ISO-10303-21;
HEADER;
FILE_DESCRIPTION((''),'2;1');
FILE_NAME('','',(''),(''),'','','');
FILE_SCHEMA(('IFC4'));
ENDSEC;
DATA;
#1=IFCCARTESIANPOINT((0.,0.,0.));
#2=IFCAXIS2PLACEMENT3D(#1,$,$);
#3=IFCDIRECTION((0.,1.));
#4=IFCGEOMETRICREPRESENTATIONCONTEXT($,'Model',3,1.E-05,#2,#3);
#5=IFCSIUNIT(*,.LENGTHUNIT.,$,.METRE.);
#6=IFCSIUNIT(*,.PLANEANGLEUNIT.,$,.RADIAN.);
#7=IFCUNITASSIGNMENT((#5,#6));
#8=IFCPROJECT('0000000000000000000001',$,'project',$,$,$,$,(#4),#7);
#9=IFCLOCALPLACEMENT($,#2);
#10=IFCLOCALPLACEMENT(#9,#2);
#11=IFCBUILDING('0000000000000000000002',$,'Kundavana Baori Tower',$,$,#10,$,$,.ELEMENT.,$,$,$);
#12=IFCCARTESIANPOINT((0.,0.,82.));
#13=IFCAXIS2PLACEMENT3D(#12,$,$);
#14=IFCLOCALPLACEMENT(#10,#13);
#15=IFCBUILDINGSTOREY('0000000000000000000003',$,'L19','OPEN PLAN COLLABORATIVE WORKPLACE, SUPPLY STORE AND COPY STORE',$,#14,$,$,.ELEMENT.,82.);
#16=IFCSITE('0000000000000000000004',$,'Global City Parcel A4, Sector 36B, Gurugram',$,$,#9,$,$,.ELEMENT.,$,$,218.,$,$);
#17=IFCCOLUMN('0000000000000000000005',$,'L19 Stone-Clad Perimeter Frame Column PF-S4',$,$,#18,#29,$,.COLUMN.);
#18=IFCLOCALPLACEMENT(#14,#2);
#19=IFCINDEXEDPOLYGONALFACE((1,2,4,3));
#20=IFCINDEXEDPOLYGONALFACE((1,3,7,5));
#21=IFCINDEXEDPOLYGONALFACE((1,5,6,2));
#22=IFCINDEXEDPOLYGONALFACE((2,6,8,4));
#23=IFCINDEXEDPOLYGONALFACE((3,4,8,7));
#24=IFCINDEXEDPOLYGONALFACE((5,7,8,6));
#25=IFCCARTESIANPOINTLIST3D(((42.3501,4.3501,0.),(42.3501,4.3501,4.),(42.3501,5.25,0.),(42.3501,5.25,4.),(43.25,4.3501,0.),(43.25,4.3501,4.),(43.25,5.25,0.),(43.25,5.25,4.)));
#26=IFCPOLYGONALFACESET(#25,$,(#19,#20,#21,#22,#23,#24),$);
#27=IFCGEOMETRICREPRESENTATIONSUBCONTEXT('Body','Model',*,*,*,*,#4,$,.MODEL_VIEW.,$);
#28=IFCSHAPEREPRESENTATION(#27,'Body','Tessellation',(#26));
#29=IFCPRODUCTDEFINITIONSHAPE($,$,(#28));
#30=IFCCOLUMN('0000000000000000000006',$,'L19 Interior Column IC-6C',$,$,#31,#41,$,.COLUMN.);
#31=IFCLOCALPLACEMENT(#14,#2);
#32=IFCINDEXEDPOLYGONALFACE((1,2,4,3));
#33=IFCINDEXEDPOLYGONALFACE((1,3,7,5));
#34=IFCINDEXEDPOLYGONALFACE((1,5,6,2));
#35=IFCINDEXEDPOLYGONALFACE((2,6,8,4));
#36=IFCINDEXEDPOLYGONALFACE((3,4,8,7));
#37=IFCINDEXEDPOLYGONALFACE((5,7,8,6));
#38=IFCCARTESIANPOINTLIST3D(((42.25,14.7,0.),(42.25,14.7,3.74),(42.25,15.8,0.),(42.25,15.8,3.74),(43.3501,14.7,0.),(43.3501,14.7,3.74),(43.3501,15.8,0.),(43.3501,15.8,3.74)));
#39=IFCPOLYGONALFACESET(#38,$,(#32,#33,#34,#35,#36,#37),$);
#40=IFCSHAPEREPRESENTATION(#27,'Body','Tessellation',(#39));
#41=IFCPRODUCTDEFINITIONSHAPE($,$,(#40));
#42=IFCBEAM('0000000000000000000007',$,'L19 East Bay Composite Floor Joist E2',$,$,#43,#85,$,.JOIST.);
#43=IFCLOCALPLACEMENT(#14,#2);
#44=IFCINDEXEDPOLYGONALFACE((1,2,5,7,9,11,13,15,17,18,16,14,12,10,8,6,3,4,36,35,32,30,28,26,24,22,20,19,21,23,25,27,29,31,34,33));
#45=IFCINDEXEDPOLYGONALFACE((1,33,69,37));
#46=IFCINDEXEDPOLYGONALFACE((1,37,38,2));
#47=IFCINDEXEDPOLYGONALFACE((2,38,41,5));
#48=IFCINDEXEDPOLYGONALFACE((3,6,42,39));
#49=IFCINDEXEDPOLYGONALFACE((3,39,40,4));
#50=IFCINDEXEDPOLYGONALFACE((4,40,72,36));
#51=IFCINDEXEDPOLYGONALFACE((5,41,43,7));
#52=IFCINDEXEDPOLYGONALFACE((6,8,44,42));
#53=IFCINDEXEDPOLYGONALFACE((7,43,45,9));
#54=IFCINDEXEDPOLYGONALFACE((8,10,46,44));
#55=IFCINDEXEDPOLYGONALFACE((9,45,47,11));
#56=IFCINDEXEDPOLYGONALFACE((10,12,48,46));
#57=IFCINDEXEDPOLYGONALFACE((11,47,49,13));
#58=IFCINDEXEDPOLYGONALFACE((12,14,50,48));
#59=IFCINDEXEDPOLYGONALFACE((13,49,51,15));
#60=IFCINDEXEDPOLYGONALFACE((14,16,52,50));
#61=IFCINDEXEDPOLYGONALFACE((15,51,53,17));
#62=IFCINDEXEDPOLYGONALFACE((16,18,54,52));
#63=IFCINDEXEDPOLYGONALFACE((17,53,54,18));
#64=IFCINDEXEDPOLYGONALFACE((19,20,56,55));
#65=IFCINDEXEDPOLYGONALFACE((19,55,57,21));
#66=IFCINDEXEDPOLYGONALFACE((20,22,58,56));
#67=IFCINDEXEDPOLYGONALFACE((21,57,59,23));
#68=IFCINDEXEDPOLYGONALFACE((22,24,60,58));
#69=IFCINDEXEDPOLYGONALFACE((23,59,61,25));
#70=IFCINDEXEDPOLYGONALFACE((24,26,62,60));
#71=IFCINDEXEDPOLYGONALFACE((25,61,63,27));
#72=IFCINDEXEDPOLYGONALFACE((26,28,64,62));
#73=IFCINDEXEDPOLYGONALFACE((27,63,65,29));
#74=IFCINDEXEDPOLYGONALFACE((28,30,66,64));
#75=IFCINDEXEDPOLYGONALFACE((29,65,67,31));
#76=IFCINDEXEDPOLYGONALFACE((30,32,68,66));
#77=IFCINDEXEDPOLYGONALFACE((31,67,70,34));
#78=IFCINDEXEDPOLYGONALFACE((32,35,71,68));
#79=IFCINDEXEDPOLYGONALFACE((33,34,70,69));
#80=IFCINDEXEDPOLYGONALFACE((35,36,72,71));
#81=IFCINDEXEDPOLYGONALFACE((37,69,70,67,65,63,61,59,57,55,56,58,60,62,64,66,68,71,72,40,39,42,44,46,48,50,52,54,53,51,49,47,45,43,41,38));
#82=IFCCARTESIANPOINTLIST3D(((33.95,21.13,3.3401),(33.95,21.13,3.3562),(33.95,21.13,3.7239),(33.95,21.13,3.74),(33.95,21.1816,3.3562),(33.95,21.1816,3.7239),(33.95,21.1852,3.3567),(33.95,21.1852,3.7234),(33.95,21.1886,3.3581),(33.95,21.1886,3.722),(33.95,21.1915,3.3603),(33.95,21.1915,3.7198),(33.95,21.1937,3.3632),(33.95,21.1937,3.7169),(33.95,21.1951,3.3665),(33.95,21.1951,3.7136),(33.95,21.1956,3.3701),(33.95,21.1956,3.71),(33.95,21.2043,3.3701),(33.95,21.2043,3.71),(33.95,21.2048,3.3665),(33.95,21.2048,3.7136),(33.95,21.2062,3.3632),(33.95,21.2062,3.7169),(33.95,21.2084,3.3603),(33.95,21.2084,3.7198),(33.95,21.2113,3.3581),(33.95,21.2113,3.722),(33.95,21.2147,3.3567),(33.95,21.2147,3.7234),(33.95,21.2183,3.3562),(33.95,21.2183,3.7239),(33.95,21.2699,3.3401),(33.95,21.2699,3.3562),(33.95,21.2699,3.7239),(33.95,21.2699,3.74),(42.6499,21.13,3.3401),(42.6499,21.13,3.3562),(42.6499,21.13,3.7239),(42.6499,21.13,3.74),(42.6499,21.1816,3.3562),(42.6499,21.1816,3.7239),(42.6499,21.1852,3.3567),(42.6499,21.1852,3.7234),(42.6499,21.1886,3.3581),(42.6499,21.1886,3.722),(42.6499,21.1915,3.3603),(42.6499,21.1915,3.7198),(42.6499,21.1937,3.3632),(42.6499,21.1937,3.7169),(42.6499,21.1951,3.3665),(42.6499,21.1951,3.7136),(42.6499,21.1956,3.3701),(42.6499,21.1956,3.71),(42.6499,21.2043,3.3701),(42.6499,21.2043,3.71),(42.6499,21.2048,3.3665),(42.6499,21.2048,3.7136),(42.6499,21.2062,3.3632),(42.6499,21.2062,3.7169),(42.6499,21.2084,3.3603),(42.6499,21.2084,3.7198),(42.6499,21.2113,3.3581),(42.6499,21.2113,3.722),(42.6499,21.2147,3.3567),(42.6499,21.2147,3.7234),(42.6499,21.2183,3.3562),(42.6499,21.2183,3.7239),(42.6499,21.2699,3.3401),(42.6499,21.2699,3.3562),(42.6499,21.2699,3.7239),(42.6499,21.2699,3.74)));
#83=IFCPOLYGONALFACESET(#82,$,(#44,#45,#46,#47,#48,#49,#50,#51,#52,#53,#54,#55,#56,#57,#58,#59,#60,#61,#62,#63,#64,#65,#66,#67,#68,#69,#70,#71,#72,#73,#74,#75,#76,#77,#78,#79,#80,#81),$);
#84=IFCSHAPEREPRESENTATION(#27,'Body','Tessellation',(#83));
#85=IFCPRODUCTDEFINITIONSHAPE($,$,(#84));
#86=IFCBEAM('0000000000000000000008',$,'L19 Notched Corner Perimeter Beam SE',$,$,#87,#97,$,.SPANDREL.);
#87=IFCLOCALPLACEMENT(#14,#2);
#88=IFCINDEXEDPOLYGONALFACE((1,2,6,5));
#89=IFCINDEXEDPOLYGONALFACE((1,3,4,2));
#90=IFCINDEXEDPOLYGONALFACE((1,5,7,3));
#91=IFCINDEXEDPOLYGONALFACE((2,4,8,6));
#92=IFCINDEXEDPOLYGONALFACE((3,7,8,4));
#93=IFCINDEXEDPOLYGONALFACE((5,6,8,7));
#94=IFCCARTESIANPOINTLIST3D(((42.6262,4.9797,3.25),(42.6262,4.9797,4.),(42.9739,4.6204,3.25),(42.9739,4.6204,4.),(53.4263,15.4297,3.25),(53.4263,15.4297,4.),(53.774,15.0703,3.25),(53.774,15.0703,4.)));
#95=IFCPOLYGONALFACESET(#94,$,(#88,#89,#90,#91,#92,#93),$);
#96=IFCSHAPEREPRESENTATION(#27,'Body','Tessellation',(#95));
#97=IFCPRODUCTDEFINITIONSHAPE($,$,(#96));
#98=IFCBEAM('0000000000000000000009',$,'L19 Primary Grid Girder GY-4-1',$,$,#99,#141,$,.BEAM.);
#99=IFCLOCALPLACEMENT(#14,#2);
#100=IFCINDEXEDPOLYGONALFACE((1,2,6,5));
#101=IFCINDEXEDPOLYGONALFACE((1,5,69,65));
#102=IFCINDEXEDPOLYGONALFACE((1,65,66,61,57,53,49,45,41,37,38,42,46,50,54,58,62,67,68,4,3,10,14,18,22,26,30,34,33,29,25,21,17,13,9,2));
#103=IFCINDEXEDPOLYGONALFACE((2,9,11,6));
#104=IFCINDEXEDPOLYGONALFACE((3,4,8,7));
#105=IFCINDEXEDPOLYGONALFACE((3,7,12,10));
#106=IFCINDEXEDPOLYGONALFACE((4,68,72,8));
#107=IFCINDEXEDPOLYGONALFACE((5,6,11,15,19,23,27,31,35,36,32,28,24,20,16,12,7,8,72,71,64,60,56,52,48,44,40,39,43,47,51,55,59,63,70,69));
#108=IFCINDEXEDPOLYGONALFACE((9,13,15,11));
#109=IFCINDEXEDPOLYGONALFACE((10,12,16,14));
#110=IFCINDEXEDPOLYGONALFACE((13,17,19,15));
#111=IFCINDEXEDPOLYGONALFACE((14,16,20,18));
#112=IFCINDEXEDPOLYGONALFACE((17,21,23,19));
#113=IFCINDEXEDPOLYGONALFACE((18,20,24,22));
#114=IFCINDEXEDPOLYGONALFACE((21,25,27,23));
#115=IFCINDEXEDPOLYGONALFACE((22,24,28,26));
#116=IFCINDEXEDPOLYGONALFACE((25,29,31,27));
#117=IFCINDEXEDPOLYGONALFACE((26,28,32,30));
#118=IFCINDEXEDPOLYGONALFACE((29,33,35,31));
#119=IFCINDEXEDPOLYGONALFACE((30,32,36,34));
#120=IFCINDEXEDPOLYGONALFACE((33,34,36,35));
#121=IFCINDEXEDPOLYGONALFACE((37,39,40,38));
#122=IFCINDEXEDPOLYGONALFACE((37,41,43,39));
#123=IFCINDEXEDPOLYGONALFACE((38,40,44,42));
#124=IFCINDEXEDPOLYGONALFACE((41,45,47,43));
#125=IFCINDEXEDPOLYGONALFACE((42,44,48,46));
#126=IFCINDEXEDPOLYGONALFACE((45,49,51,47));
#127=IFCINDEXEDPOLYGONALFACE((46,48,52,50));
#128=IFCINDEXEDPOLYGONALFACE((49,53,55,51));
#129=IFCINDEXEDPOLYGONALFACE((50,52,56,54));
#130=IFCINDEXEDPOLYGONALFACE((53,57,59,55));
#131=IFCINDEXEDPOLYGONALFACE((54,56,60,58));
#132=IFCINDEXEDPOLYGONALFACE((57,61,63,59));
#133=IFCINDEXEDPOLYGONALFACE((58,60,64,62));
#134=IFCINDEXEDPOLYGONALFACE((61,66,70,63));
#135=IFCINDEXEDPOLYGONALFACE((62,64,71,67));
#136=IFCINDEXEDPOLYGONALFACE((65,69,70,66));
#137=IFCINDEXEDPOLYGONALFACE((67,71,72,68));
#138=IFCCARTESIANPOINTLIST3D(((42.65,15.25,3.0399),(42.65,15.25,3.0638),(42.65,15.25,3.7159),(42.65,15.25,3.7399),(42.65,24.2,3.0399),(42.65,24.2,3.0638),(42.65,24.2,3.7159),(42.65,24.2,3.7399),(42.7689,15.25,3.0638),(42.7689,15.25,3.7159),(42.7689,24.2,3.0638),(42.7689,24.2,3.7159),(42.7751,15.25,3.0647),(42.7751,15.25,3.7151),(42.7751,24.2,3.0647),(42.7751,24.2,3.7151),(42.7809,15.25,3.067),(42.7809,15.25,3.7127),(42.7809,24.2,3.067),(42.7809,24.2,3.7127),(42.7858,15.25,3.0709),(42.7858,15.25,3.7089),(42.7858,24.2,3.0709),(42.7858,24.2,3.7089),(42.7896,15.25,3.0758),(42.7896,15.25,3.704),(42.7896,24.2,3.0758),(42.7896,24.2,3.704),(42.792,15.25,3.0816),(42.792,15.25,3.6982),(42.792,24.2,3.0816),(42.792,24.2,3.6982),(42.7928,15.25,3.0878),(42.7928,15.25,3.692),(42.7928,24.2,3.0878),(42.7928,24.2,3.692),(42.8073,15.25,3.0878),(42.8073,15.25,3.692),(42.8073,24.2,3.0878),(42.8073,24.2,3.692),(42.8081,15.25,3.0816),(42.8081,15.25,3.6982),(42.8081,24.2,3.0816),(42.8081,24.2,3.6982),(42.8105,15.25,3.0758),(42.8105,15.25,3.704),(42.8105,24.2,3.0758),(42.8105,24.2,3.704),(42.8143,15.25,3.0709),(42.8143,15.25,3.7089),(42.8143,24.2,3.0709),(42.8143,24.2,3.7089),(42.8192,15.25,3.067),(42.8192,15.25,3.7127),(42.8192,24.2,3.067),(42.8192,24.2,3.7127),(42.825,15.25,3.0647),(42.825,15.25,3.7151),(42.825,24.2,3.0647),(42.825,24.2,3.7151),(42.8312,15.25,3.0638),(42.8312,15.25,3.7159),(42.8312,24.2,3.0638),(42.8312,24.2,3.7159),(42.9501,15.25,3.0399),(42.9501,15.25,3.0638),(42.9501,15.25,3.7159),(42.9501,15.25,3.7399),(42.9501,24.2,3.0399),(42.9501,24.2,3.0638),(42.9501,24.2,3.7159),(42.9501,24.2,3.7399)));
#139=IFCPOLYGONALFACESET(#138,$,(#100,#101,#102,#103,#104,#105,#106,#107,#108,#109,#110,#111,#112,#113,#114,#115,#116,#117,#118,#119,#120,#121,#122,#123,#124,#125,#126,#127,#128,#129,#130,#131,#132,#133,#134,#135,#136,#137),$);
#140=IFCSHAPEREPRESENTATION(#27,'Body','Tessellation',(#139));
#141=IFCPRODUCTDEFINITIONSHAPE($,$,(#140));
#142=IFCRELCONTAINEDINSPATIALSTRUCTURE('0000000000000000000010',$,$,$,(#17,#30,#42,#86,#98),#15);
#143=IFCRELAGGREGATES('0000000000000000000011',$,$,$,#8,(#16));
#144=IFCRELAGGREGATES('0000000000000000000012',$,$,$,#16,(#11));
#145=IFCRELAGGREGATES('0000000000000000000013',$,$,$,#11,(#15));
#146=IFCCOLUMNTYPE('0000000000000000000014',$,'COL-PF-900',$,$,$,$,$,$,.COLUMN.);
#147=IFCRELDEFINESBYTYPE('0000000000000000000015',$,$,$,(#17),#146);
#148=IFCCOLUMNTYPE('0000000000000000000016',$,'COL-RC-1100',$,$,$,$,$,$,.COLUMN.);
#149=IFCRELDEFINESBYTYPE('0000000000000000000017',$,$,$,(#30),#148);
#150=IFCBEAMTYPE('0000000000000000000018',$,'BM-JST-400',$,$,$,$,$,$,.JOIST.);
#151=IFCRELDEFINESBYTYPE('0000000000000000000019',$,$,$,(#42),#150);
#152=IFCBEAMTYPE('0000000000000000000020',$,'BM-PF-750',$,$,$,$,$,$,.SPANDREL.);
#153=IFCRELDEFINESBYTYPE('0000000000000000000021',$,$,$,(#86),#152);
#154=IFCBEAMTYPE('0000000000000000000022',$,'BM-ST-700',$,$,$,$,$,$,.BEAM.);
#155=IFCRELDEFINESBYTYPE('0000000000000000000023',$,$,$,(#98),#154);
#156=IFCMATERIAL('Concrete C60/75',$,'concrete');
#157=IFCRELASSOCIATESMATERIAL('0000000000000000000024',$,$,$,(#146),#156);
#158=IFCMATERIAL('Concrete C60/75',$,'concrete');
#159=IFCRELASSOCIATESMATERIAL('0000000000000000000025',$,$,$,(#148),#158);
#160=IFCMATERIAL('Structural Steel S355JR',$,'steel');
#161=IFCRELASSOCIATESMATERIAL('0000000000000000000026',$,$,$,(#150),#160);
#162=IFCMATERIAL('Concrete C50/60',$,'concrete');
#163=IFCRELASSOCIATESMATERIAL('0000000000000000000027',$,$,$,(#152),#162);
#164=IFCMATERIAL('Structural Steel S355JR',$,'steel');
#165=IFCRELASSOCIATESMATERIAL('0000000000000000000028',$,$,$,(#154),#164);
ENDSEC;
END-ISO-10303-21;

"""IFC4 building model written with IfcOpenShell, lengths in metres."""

from ifc_helpers import new_model, si_unit, direction, frame, origin, origin_2d, place, context, subcontext, project, spatial, rectangle, i_section, extrude, material, material_profile, profile_set, type_object, element, save


model = new_model("IFC4")

# Units and contexts
model_context = context("Model", 3, precision=1e-05, world=origin(), true_north=direction((0.0, 1.0)))
body_context = subcontext(model_context, "Body", "Model", "MODEL_VIEW")
ifc_project = project(units=[si_unit("LENGTHUNIT", "METRE"), si_unit("PLANEANGLEUNIT", "RADIAN")], contexts=[model_context])

# Site, building, storey
site_placement = place(None, origin())
site = spatial("IfcSite", under=ifc_project, at=site_placement, Name="Global City Parcel A4, Sector 36B, Gurugram", CompositionType="ELEMENT", RefElevation=218.0)
building_placement = place(site_placement, origin())
building = spatial("IfcBuilding", under=site, at=building_placement, Name="Kundavana Baori Tower", CompositionType="ELEMENT")
storey_placement = place(building_placement, frame((0.0, 0.0, 82.0)))
storey = spatial("IfcBuildingStorey", under=building, at=storey_placement, Name="L19", Description="OPEN PLAN COLLABORATIVE WORKPLACE, SUPPLY STORE AND COPY STORE", CompositionType="ELEMENT", Elevation=82.0)

# Columns
ifc_material_1 = material(Name="Concrete C60/75", Category="concrete")
ifc_material_profile_1 = material_profile(ifc_material_1, rectangle(XDim=0.8999, YDim=0.8999, at=origin_2d()), Name="RC PF 900x900")
ifc_profile_set_1 = profile_set([ifc_material_profile_1], Name="Concrete C60/75")
column_type_1 = type_object("IfcColumnType", Name="COL-PF-900", PredefinedType="COLUMN", material=ifc_profile_set_1)
column_1_placement = place(storey_placement, frame((42.8, 4.8, 0.0), z_axis=(0.0, 0.0, 1.0), x_axis=(1.0, 0.0, 0.0)))
element("IfcColumn", 1, at=column_1_placement, inside=storey, type_object=column_type_1, Name="L19 Stone-Clad Perimeter Frame Column PF-S4", PredefinedType="COLUMN", context=body_context, shape_type="SweptSolid", body=[
    extrude(rectangle(XDim=0.8999, YDim=0.8999, at=origin_2d()), origin(), (0.0, 0.0, 1.0), 4.0),
])
ifc_material_2 = material(Name="Concrete C60/75", Category="concrete")
ifc_material_profile_2 = material_profile(ifc_material_2, rectangle(XDim=1.1001, YDim=1.1001, at=origin_2d()), Name="RC 1100x1100")
ifc_profile_set_2 = profile_set([ifc_material_profile_2], Name="Concrete C60/75")
column_type_2 = type_object("IfcColumnType", Name="COL-RC-1100", PredefinedType="COLUMN", material=ifc_profile_set_2)
column_2_placement = place(storey_placement, frame((42.8, 15.25, 0.0), z_axis=(0.0, 0.0, 1.0), x_axis=(1.0, 0.0, 0.0)))
element("IfcColumn", 2, at=column_2_placement, inside=storey, type_object=column_type_2, Name="L19 Interior Column IC-6C", PredefinedType="COLUMN", context=body_context, shape_type="SweptSolid", body=[
    extrude(rectangle(XDim=1.1001, YDim=1.1001, at=origin_2d()), origin(), (0.0, 0.0, 1.0), 3.74),
])

# Beams
ifc_material_3 = material(Name="Structural Steel S355JR", Category="steel")
ifc_material_profile_3 = material_profile(ifc_material_3, i_section(OverallWidth=0.1399, OverallDepth=0.3999, WebThickness=0.0088, FlangeThickness=0.0161, FilletRadius=0.0139, at=origin_2d()), Name="ISMB 400")
ifc_profile_set_3 = profile_set([ifc_material_profile_3], Name="Structural Steel S355JR")
beam_type_1 = type_object("IfcBeamType", Name="BM-JST-400", PredefinedType="JOIST", material=ifc_profile_set_3)
beam_1_placement = place(storey_placement, frame((33.95, 21.2, 3.54), z_axis=(1.0, 0.0, 0.0), x_axis=(0.0, 1.0, 0.0)))
element("IfcBeam", 3, at=beam_1_placement, inside=storey, type_object=beam_type_1, Name="L19 East Bay Composite Floor Joist E2", PredefinedType="JOIST", context=body_context, shape_type="SweptSolid", body=[
    extrude(i_section(OverallWidth=0.1399, OverallDepth=0.3999, WebThickness=0.0088, FlangeThickness=0.0161, FilletRadius=0.0139, at=origin_2d()), origin(), (0.0, 0.0, 1.0), 8.7),
])
ifc_material_4 = material(Name="Concrete C50/60", Category="concrete")
ifc_material_profile_4 = material_profile(ifc_material_4, rectangle(XDim=0.5, YDim=0.75, at=origin_2d()), Name="RC BM 500x750")
ifc_profile_set_4 = profile_set([ifc_material_profile_4], Name="Concrete C50/60")
beam_type_2 = type_object("IfcBeamType", Name="BM-PF-750", PredefinedType="SPANDREL", material=ifc_profile_set_4)
beam_2_placement = place(storey_placement, frame((42.8, 4.8, 3.625), z_axis=(0.718659, 0.695363, 0.0), x_axis=(-0.695363, 0.718659, 0.0)))
element("IfcBeam", 4, at=beam_2_placement, inside=storey, type_object=beam_type_2, Name="L19 Notched Corner Perimeter Beam SE", PredefinedType="SPANDREL", context=body_context, shape_type="SweptSolid", body=[
    extrude(rectangle(XDim=0.5, YDim=0.75, at=origin_2d()), origin(), (0.0, 0.0, 1.0), 15.0281),
])
ifc_material_5 = material(Name="Structural Steel S355JR", Category="steel")
ifc_material_profile_5 = material_profile(ifc_material_5, i_section(OverallWidth=0.3, OverallDepth=0.7, WebThickness=0.0144, FlangeThickness=0.0239, FilletRadius=0.0239, at=origin_2d()), Name="NPB 700x300x170")
ifc_profile_set_5 = profile_set([ifc_material_profile_5], Name="Structural Steel S355JR")
beam_type_3 = type_object("IfcBeamType", Name="BM-ST-700", PredefinedType="BEAM", material=ifc_profile_set_5)
beam_3_placement = place(storey_placement, frame((42.8, 15.25, 3.3899), z_axis=(0.0, 1.0, 0.0), x_axis=(-1.0, 0.0, 0.0)))
element("IfcBeam", 5, at=beam_3_placement, inside=storey, type_object=beam_type_3, Name="L19 Primary Grid Girder GY-4-1", PredefinedType="BEAM", context=body_context, shape_type="SweptSolid", body=[
    extrude(i_section(OverallWidth=0.3, OverallDepth=0.7, WebThickness=0.0144, FlangeThickness=0.0239, FilletRadius=0.0239, at=origin_2d()), origin(), (0.0, 0.0, 1.0), 8.95),
])

save(model, "model.ifc")
